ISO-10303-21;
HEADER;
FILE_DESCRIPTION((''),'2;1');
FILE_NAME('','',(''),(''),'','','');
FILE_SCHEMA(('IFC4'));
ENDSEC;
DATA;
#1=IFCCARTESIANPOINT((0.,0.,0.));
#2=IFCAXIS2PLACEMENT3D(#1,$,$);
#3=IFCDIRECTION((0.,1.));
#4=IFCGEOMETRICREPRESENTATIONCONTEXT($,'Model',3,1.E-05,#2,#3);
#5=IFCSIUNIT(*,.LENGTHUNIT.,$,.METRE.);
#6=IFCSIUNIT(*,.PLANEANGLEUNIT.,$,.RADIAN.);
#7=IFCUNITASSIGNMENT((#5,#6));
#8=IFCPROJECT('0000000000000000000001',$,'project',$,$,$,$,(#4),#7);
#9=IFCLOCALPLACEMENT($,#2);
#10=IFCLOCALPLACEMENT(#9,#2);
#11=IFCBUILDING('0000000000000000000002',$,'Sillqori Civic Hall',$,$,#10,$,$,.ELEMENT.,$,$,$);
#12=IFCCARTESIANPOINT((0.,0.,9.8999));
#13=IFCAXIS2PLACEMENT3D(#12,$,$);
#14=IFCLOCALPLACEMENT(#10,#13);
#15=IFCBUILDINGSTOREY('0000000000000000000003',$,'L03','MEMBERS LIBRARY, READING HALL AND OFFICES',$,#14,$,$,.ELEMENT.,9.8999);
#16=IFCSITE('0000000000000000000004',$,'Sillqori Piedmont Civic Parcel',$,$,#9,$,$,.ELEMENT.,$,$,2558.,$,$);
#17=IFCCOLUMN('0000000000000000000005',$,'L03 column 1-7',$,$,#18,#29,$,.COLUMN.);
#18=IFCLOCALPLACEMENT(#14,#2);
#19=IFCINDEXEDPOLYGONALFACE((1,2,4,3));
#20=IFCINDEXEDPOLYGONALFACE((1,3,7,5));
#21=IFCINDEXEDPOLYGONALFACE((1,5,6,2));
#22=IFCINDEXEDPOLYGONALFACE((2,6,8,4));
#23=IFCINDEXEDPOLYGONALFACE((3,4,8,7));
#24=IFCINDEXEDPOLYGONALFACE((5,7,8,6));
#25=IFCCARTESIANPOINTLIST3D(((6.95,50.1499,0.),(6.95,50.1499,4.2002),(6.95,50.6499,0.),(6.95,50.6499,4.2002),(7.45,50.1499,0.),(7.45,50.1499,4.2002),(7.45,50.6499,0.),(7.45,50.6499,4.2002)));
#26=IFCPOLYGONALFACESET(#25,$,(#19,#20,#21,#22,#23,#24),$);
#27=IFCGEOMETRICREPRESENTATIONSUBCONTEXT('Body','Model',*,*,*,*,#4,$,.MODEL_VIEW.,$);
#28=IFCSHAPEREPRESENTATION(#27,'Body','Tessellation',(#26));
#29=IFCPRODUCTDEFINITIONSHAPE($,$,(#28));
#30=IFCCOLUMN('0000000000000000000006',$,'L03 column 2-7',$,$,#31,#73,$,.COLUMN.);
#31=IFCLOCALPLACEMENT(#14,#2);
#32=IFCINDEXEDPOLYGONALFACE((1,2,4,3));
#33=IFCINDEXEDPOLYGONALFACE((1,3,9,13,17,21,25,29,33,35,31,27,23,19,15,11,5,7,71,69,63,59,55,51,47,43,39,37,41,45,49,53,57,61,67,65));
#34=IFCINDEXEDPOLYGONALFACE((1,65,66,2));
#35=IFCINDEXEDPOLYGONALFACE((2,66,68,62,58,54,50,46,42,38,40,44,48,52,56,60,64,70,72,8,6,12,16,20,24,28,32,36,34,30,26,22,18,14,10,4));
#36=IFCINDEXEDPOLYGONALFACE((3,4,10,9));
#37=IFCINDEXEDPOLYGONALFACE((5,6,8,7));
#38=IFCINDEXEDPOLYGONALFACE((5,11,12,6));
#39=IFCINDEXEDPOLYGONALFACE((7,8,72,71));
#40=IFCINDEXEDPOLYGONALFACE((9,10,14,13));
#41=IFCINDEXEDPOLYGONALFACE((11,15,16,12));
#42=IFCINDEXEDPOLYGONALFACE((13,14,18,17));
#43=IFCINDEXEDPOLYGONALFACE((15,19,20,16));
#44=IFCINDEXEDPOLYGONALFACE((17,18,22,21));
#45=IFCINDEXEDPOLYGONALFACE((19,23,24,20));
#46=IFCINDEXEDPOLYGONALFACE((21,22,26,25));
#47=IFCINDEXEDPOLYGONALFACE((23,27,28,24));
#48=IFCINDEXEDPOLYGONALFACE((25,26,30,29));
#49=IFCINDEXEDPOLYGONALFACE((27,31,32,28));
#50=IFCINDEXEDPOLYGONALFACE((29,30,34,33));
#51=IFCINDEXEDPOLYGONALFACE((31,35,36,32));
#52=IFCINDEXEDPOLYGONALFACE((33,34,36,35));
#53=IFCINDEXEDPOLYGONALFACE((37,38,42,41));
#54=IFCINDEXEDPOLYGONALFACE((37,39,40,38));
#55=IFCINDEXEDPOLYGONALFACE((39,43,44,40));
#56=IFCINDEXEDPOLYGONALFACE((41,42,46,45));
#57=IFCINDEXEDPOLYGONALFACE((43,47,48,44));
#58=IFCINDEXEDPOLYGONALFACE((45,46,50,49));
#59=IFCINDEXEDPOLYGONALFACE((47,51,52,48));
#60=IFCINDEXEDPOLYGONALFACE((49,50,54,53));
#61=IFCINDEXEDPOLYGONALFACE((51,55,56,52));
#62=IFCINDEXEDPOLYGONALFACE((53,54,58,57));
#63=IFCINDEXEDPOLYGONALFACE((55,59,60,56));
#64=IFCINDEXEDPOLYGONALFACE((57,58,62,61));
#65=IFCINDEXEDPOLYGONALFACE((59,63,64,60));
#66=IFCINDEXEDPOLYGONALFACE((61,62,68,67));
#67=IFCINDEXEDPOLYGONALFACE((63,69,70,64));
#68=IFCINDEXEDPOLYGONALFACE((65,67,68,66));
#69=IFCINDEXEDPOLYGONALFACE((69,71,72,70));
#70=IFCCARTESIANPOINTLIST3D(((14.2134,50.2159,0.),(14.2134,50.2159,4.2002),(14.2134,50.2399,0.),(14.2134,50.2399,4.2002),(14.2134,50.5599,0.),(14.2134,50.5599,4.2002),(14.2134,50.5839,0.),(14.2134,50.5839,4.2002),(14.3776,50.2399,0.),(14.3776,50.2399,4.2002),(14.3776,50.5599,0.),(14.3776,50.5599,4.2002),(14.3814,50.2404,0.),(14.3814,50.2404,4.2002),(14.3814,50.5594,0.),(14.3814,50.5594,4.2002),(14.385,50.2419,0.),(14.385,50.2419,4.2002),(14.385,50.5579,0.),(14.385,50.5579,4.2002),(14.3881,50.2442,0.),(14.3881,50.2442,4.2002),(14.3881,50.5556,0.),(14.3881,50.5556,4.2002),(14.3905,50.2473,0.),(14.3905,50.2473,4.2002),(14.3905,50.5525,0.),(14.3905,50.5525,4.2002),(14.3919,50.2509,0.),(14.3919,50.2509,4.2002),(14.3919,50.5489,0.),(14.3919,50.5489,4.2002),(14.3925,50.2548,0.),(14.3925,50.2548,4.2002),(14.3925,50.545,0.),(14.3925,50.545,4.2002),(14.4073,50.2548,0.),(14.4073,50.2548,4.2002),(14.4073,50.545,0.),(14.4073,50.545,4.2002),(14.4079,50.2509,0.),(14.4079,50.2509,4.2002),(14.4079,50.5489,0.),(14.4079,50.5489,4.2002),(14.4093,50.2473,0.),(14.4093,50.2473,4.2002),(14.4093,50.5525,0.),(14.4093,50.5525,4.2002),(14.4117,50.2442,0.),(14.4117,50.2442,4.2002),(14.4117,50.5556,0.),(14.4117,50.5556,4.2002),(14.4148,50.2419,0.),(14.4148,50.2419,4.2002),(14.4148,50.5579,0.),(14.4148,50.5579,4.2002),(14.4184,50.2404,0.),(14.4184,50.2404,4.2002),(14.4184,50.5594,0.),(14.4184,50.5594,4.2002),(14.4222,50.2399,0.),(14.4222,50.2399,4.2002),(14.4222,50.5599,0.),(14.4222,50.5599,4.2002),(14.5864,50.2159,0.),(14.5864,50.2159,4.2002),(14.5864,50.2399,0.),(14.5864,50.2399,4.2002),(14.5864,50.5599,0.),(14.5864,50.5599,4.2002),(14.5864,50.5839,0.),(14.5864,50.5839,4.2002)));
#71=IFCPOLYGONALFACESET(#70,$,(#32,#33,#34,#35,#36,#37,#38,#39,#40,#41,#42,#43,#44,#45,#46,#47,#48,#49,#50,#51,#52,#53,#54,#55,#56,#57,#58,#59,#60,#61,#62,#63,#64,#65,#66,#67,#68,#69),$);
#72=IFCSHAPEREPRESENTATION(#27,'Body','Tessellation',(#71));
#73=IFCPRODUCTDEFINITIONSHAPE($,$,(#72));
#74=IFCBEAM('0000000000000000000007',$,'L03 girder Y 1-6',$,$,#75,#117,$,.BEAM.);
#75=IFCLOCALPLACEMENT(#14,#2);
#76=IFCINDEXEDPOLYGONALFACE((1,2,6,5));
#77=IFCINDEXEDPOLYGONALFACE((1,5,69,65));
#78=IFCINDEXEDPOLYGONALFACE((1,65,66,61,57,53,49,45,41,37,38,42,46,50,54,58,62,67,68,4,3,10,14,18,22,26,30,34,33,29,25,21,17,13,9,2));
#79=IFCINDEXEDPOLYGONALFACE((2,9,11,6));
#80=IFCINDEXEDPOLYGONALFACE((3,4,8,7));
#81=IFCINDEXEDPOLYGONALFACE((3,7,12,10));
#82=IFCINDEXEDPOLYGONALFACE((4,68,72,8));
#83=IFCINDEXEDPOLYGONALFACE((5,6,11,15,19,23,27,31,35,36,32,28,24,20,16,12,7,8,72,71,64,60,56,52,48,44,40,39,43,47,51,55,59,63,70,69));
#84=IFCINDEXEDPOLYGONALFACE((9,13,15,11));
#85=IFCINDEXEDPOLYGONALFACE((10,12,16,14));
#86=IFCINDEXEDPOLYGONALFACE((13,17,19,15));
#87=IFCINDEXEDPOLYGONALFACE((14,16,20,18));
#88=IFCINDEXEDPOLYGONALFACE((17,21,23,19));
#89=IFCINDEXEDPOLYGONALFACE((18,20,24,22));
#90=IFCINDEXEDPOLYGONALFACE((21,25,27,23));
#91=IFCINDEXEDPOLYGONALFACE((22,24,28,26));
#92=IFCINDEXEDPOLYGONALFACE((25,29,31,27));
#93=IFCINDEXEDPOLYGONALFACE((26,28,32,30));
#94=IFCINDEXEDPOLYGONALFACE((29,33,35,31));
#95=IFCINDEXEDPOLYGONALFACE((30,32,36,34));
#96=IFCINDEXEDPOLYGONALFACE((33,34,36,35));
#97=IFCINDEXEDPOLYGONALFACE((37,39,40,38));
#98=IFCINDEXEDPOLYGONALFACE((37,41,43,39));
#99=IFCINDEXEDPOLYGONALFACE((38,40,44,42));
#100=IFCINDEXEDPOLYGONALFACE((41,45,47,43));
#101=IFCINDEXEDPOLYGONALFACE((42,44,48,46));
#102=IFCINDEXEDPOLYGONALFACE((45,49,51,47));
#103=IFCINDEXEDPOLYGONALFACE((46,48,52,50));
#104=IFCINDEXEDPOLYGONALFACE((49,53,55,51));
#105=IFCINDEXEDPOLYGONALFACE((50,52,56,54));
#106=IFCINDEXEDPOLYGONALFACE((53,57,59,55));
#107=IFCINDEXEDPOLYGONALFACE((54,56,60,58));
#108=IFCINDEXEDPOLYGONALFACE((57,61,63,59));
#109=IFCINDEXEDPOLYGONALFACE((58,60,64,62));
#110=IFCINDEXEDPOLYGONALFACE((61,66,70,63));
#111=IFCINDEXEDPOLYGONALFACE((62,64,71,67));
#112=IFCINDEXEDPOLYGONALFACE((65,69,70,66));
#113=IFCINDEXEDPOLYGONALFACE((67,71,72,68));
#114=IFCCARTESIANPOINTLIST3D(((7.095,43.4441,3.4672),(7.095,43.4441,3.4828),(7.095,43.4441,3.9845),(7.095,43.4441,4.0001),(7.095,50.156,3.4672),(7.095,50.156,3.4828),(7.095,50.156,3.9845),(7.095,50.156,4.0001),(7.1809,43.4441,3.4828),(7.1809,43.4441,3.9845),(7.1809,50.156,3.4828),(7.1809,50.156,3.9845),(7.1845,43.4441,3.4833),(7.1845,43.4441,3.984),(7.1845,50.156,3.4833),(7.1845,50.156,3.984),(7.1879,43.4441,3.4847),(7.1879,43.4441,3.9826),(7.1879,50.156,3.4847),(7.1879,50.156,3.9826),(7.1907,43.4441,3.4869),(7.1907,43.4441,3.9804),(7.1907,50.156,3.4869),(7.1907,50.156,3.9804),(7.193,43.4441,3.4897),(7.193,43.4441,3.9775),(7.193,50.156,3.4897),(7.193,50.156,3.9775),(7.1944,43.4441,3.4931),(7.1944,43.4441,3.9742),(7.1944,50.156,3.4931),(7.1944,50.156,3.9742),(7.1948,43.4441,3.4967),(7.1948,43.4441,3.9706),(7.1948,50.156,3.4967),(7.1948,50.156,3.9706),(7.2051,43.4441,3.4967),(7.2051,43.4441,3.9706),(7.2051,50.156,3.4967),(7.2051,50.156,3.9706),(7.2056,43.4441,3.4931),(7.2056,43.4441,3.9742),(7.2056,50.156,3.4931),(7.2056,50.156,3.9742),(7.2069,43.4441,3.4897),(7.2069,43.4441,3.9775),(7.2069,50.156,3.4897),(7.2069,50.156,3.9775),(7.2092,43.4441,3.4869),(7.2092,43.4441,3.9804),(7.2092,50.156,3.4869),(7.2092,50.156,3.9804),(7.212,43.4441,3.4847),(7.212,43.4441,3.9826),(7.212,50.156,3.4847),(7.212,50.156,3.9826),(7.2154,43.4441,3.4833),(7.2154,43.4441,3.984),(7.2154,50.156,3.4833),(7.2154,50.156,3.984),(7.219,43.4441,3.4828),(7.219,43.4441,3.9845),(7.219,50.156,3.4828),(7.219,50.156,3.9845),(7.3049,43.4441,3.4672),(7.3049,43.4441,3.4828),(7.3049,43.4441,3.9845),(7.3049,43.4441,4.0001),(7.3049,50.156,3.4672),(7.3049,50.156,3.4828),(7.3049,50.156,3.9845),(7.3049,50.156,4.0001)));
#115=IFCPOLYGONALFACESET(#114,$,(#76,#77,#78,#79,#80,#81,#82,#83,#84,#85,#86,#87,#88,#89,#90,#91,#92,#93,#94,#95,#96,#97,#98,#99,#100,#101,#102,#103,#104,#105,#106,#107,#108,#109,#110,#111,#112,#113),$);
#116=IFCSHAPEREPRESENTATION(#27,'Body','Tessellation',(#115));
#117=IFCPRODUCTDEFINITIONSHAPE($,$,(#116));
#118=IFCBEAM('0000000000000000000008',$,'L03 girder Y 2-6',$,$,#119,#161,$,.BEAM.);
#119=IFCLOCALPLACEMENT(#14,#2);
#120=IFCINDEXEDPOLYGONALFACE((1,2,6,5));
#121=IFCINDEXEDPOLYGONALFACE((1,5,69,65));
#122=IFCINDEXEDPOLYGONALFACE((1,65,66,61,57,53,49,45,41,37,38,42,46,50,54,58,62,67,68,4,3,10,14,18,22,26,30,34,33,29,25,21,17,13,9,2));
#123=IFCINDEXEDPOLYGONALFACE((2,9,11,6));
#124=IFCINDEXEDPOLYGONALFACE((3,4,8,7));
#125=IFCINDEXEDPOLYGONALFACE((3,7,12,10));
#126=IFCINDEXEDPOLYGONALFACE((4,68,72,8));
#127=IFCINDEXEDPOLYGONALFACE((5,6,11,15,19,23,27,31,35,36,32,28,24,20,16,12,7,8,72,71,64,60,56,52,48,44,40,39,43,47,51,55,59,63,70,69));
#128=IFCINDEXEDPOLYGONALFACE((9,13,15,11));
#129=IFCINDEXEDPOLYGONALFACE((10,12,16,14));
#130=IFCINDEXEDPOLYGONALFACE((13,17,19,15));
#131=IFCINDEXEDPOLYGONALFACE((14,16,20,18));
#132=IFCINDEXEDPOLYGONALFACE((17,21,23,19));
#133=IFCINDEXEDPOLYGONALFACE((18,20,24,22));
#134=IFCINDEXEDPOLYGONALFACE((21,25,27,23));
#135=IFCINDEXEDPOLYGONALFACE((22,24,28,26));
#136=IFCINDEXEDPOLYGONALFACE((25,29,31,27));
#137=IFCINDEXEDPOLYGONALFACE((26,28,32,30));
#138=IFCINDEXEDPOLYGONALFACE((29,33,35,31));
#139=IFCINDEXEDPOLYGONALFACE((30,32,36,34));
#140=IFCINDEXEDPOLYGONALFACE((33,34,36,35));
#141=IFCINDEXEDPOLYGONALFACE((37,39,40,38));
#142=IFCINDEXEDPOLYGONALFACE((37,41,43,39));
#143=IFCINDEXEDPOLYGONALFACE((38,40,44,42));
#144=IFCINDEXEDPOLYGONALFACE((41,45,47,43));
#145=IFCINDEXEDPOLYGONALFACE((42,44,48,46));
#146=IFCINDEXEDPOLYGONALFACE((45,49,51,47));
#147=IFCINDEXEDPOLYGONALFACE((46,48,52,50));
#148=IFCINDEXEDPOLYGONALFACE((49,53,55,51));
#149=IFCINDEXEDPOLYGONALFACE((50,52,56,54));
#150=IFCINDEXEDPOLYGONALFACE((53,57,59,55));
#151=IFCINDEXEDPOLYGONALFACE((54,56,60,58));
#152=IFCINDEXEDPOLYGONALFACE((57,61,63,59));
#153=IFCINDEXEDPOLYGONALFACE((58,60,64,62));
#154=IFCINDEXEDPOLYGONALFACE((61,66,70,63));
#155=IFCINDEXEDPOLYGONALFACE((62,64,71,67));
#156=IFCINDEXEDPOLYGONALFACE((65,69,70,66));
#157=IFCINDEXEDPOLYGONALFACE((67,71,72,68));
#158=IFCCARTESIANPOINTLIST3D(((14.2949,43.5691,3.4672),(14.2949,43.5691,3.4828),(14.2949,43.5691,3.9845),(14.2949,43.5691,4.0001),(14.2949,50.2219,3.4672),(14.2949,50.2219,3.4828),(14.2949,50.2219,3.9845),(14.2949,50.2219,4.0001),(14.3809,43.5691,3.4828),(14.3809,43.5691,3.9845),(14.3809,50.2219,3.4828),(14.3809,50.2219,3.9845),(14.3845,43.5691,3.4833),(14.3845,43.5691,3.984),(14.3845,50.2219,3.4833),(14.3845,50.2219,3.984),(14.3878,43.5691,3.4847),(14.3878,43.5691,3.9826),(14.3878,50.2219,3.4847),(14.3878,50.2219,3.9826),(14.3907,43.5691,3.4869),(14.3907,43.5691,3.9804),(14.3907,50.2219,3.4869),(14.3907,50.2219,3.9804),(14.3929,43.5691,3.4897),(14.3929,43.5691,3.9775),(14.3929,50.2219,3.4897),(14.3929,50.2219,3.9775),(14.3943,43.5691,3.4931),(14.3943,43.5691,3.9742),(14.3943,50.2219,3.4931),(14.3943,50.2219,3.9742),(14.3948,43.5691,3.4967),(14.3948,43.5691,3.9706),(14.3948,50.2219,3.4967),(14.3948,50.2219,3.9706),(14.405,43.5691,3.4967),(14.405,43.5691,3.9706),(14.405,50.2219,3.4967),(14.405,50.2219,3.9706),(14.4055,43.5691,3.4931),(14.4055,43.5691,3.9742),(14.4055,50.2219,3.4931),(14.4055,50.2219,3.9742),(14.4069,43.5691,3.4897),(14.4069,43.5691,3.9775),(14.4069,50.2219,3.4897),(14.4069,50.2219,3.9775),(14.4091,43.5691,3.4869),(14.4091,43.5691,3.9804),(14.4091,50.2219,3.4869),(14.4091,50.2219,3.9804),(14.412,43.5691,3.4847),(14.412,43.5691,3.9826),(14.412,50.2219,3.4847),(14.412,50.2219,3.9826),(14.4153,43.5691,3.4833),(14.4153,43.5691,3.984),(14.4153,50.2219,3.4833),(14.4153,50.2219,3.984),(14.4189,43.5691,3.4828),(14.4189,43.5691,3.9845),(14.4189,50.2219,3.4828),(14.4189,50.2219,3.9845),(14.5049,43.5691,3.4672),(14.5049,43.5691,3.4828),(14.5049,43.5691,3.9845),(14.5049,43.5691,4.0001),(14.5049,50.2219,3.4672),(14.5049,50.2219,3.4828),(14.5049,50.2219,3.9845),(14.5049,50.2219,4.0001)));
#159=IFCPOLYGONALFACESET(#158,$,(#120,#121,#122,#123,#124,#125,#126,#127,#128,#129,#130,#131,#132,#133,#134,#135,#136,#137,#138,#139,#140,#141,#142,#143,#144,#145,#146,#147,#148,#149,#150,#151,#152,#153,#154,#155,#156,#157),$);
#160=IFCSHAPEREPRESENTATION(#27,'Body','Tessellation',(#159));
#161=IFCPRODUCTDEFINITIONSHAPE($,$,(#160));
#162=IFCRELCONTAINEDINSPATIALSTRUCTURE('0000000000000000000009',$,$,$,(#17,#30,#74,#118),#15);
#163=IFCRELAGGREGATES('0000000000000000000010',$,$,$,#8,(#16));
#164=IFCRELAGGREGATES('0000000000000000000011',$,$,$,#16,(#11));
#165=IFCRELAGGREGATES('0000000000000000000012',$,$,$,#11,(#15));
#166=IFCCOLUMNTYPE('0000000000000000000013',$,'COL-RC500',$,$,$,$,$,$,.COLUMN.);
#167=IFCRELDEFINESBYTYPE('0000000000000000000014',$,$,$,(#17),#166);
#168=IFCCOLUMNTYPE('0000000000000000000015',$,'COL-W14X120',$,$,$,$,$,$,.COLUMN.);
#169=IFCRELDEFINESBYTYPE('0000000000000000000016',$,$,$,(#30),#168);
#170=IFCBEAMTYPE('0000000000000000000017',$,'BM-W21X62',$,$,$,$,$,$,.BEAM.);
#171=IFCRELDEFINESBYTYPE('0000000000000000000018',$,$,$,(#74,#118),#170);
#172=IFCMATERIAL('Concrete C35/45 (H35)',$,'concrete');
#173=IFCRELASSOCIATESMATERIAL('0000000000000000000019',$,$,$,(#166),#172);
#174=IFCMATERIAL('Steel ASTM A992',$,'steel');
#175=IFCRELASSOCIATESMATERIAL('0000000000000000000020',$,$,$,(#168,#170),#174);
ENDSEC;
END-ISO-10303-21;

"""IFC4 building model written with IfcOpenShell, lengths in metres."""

from ifc_helpers import new_model, si_unit, direction, frame, origin, origin_2d, place, context, subcontext, project, spatial, rectangle, i_section, extrude, material, material_profile, profile_set, type_object, element, save


model = new_model("IFC4")

# Units and contexts
model_context = context("Model", 3, precision=1e-05, world=origin(), true_north=direction((0.0, 1.0)))
body_context = subcontext(model_context, "Body", "Model", "MODEL_VIEW")
ifc_project = project(units=[si_unit("LENGTHUNIT", "METRE"), si_unit("PLANEANGLEUNIT", "RADIAN")], contexts=[model_context])

# Site, building, storey
site_placement = place(None, origin())
site = spatial("IfcSite", under=ifc_project, at=site_placement, Name="Sillqori Piedmont Civic Parcel", CompositionType="ELEMENT", RefElevation=2558.0)
building_placement = place(site_placement, origin())
building = spatial("IfcBuilding", under=site, at=building_placement, Name="Sillqori Civic Hall", CompositionType="ELEMENT")
storey_placement = place(building_placement, frame((0.0, 0.0, 9.8999)))
storey = spatial("IfcBuildingStorey", under=building, at=storey_placement, Name="L03", Description="MEMBERS LIBRARY, READING HALL AND OFFICES", CompositionType="ELEMENT", Elevation=9.8999)

# Columns
ifc_material_1 = material(Name="Concrete C35/45 (H35)", Category="concrete")
ifc_material_profile_1 = material_profile(ifc_material_1, rectangle(XDim=0.5, YDim=0.5, at=origin_2d()), Name="RC 500x500")
ifc_profile_set_1 = profile_set([ifc_material_profile_1], Name="Concrete C35/45 (H35)")
column_type_1 = type_object("IfcColumnType", Name="COL-RC500", PredefinedType="COLUMN", material=ifc_profile_set_1)
column_1_placement = place(storey_placement, frame((7.2, 50.3999, 0.0), z_axis=(0.0, 0.0, 1.0), x_axis=(1.0, 0.0, 0.0)))
element("IfcColumn", 1, at=column_1_placement, inside=storey, type_object=column_type_1, Name="L03 column 1-7", PredefinedType="COLUMN", context=body_context, shape_type="SweptSolid", body=[
    extrude(rectangle(XDim=0.5, YDim=0.5, at=origin_2d()), origin(), (0.0, 0.0, 1.0), 4.2002),
])
ifc_material_2 = material(Name="Steel ASTM A992", Category="steel")
ifc_material_profile_2 = material_profile(ifc_material_2, i_section(OverallWidth=0.373, OverallDepth=0.3679, WebThickness=0.0149, FlangeThickness=0.0239, FilletRadius=0.0149, at=origin_2d()), Name="W14X120")
ifc_profile_set_2 = profile_set([ifc_material_profile_2], Name="Steel ASTM A992")
column_type_2 = type_object("IfcColumnType", Name="COL-W14X120", PredefinedType="COLUMN", material=ifc_profile_set_2)
column_2_placement = place(storey_placement, frame((14.3999, 50.3999, 0.0), z_axis=(0.0, 0.0, 1.0), x_axis=(1.0, 0.0, 0.0)))
element("IfcColumn", 2, at=column_2_placement, inside=storey, type_object=column_type_2, Name="L03 column 2-7", PredefinedType="COLUMN", context=body_context, shape_type="SweptSolid", body=[
    extrude(i_section(OverallWidth=0.373, OverallDepth=0.3679, WebThickness=0.0149, FlangeThickness=0.0239, FilletRadius=0.0149, at=origin_2d()), origin(), (0.0, 0.0, 1.0), 4.2002),
])

# Beams
ifc_material_profile_3 = material_profile(ifc_material_2, i_section(OverallWidth=0.21, OverallDepth=0.533, WebThickness=0.0103, FlangeThickness=0.0156, FilletRadius=0.0139, at=origin_2d()), Name="W21X62")
ifc_profile_set_3 = profile_set([ifc_material_profile_3], Name="Steel ASTM A992")
beam_type_1 = type_object("IfcBeamType", Name="BM-W21X62", PredefinedType="BEAM", material=ifc_profile_set_3)
beam_1_placement = place(storey_placement, frame((7.2, 43.4441, 3.7336), z_axis=(0.0, 1.0, 0.0), x_axis=(-1.0, 0.0, 0.0)))
element("IfcBeam", 3, at=beam_1_placement, inside=storey, type_object=beam_type_1, Name="L03 girder Y 1-6", PredefinedType="BEAM", context=body_context, shape_type="SweptSolid", body=[
    extrude(i_section(OverallWidth=0.21, OverallDepth=0.533, WebThickness=0.0103, FlangeThickness=0.0156, FilletRadius=0.0139, at=origin_2d()), origin(), (0.0, 0.0, 1.0), 6.7119),
])
beam_2_placement = place(storey_placement, frame((14.3999, 43.5691, 3.7336), z_axis=(0.0, 1.0, 0.0), x_axis=(-1.0, 0.0, 0.0)))
element("IfcBeam", 4, at=beam_2_placement, inside=storey, type_object=beam_type_1, Name="L03 girder Y 2-6", PredefinedType="BEAM", context=body_context, shape_type="SweptSolid", body=[
    extrude(i_section(OverallWidth=0.21, OverallDepth=0.533, WebThickness=0.0103, FlangeThickness=0.0156, FilletRadius=0.0139, at=origin_2d()), origin(), (0.0, 0.0, 1.0), 6.6528),
])

save(model, "model.ifc")
